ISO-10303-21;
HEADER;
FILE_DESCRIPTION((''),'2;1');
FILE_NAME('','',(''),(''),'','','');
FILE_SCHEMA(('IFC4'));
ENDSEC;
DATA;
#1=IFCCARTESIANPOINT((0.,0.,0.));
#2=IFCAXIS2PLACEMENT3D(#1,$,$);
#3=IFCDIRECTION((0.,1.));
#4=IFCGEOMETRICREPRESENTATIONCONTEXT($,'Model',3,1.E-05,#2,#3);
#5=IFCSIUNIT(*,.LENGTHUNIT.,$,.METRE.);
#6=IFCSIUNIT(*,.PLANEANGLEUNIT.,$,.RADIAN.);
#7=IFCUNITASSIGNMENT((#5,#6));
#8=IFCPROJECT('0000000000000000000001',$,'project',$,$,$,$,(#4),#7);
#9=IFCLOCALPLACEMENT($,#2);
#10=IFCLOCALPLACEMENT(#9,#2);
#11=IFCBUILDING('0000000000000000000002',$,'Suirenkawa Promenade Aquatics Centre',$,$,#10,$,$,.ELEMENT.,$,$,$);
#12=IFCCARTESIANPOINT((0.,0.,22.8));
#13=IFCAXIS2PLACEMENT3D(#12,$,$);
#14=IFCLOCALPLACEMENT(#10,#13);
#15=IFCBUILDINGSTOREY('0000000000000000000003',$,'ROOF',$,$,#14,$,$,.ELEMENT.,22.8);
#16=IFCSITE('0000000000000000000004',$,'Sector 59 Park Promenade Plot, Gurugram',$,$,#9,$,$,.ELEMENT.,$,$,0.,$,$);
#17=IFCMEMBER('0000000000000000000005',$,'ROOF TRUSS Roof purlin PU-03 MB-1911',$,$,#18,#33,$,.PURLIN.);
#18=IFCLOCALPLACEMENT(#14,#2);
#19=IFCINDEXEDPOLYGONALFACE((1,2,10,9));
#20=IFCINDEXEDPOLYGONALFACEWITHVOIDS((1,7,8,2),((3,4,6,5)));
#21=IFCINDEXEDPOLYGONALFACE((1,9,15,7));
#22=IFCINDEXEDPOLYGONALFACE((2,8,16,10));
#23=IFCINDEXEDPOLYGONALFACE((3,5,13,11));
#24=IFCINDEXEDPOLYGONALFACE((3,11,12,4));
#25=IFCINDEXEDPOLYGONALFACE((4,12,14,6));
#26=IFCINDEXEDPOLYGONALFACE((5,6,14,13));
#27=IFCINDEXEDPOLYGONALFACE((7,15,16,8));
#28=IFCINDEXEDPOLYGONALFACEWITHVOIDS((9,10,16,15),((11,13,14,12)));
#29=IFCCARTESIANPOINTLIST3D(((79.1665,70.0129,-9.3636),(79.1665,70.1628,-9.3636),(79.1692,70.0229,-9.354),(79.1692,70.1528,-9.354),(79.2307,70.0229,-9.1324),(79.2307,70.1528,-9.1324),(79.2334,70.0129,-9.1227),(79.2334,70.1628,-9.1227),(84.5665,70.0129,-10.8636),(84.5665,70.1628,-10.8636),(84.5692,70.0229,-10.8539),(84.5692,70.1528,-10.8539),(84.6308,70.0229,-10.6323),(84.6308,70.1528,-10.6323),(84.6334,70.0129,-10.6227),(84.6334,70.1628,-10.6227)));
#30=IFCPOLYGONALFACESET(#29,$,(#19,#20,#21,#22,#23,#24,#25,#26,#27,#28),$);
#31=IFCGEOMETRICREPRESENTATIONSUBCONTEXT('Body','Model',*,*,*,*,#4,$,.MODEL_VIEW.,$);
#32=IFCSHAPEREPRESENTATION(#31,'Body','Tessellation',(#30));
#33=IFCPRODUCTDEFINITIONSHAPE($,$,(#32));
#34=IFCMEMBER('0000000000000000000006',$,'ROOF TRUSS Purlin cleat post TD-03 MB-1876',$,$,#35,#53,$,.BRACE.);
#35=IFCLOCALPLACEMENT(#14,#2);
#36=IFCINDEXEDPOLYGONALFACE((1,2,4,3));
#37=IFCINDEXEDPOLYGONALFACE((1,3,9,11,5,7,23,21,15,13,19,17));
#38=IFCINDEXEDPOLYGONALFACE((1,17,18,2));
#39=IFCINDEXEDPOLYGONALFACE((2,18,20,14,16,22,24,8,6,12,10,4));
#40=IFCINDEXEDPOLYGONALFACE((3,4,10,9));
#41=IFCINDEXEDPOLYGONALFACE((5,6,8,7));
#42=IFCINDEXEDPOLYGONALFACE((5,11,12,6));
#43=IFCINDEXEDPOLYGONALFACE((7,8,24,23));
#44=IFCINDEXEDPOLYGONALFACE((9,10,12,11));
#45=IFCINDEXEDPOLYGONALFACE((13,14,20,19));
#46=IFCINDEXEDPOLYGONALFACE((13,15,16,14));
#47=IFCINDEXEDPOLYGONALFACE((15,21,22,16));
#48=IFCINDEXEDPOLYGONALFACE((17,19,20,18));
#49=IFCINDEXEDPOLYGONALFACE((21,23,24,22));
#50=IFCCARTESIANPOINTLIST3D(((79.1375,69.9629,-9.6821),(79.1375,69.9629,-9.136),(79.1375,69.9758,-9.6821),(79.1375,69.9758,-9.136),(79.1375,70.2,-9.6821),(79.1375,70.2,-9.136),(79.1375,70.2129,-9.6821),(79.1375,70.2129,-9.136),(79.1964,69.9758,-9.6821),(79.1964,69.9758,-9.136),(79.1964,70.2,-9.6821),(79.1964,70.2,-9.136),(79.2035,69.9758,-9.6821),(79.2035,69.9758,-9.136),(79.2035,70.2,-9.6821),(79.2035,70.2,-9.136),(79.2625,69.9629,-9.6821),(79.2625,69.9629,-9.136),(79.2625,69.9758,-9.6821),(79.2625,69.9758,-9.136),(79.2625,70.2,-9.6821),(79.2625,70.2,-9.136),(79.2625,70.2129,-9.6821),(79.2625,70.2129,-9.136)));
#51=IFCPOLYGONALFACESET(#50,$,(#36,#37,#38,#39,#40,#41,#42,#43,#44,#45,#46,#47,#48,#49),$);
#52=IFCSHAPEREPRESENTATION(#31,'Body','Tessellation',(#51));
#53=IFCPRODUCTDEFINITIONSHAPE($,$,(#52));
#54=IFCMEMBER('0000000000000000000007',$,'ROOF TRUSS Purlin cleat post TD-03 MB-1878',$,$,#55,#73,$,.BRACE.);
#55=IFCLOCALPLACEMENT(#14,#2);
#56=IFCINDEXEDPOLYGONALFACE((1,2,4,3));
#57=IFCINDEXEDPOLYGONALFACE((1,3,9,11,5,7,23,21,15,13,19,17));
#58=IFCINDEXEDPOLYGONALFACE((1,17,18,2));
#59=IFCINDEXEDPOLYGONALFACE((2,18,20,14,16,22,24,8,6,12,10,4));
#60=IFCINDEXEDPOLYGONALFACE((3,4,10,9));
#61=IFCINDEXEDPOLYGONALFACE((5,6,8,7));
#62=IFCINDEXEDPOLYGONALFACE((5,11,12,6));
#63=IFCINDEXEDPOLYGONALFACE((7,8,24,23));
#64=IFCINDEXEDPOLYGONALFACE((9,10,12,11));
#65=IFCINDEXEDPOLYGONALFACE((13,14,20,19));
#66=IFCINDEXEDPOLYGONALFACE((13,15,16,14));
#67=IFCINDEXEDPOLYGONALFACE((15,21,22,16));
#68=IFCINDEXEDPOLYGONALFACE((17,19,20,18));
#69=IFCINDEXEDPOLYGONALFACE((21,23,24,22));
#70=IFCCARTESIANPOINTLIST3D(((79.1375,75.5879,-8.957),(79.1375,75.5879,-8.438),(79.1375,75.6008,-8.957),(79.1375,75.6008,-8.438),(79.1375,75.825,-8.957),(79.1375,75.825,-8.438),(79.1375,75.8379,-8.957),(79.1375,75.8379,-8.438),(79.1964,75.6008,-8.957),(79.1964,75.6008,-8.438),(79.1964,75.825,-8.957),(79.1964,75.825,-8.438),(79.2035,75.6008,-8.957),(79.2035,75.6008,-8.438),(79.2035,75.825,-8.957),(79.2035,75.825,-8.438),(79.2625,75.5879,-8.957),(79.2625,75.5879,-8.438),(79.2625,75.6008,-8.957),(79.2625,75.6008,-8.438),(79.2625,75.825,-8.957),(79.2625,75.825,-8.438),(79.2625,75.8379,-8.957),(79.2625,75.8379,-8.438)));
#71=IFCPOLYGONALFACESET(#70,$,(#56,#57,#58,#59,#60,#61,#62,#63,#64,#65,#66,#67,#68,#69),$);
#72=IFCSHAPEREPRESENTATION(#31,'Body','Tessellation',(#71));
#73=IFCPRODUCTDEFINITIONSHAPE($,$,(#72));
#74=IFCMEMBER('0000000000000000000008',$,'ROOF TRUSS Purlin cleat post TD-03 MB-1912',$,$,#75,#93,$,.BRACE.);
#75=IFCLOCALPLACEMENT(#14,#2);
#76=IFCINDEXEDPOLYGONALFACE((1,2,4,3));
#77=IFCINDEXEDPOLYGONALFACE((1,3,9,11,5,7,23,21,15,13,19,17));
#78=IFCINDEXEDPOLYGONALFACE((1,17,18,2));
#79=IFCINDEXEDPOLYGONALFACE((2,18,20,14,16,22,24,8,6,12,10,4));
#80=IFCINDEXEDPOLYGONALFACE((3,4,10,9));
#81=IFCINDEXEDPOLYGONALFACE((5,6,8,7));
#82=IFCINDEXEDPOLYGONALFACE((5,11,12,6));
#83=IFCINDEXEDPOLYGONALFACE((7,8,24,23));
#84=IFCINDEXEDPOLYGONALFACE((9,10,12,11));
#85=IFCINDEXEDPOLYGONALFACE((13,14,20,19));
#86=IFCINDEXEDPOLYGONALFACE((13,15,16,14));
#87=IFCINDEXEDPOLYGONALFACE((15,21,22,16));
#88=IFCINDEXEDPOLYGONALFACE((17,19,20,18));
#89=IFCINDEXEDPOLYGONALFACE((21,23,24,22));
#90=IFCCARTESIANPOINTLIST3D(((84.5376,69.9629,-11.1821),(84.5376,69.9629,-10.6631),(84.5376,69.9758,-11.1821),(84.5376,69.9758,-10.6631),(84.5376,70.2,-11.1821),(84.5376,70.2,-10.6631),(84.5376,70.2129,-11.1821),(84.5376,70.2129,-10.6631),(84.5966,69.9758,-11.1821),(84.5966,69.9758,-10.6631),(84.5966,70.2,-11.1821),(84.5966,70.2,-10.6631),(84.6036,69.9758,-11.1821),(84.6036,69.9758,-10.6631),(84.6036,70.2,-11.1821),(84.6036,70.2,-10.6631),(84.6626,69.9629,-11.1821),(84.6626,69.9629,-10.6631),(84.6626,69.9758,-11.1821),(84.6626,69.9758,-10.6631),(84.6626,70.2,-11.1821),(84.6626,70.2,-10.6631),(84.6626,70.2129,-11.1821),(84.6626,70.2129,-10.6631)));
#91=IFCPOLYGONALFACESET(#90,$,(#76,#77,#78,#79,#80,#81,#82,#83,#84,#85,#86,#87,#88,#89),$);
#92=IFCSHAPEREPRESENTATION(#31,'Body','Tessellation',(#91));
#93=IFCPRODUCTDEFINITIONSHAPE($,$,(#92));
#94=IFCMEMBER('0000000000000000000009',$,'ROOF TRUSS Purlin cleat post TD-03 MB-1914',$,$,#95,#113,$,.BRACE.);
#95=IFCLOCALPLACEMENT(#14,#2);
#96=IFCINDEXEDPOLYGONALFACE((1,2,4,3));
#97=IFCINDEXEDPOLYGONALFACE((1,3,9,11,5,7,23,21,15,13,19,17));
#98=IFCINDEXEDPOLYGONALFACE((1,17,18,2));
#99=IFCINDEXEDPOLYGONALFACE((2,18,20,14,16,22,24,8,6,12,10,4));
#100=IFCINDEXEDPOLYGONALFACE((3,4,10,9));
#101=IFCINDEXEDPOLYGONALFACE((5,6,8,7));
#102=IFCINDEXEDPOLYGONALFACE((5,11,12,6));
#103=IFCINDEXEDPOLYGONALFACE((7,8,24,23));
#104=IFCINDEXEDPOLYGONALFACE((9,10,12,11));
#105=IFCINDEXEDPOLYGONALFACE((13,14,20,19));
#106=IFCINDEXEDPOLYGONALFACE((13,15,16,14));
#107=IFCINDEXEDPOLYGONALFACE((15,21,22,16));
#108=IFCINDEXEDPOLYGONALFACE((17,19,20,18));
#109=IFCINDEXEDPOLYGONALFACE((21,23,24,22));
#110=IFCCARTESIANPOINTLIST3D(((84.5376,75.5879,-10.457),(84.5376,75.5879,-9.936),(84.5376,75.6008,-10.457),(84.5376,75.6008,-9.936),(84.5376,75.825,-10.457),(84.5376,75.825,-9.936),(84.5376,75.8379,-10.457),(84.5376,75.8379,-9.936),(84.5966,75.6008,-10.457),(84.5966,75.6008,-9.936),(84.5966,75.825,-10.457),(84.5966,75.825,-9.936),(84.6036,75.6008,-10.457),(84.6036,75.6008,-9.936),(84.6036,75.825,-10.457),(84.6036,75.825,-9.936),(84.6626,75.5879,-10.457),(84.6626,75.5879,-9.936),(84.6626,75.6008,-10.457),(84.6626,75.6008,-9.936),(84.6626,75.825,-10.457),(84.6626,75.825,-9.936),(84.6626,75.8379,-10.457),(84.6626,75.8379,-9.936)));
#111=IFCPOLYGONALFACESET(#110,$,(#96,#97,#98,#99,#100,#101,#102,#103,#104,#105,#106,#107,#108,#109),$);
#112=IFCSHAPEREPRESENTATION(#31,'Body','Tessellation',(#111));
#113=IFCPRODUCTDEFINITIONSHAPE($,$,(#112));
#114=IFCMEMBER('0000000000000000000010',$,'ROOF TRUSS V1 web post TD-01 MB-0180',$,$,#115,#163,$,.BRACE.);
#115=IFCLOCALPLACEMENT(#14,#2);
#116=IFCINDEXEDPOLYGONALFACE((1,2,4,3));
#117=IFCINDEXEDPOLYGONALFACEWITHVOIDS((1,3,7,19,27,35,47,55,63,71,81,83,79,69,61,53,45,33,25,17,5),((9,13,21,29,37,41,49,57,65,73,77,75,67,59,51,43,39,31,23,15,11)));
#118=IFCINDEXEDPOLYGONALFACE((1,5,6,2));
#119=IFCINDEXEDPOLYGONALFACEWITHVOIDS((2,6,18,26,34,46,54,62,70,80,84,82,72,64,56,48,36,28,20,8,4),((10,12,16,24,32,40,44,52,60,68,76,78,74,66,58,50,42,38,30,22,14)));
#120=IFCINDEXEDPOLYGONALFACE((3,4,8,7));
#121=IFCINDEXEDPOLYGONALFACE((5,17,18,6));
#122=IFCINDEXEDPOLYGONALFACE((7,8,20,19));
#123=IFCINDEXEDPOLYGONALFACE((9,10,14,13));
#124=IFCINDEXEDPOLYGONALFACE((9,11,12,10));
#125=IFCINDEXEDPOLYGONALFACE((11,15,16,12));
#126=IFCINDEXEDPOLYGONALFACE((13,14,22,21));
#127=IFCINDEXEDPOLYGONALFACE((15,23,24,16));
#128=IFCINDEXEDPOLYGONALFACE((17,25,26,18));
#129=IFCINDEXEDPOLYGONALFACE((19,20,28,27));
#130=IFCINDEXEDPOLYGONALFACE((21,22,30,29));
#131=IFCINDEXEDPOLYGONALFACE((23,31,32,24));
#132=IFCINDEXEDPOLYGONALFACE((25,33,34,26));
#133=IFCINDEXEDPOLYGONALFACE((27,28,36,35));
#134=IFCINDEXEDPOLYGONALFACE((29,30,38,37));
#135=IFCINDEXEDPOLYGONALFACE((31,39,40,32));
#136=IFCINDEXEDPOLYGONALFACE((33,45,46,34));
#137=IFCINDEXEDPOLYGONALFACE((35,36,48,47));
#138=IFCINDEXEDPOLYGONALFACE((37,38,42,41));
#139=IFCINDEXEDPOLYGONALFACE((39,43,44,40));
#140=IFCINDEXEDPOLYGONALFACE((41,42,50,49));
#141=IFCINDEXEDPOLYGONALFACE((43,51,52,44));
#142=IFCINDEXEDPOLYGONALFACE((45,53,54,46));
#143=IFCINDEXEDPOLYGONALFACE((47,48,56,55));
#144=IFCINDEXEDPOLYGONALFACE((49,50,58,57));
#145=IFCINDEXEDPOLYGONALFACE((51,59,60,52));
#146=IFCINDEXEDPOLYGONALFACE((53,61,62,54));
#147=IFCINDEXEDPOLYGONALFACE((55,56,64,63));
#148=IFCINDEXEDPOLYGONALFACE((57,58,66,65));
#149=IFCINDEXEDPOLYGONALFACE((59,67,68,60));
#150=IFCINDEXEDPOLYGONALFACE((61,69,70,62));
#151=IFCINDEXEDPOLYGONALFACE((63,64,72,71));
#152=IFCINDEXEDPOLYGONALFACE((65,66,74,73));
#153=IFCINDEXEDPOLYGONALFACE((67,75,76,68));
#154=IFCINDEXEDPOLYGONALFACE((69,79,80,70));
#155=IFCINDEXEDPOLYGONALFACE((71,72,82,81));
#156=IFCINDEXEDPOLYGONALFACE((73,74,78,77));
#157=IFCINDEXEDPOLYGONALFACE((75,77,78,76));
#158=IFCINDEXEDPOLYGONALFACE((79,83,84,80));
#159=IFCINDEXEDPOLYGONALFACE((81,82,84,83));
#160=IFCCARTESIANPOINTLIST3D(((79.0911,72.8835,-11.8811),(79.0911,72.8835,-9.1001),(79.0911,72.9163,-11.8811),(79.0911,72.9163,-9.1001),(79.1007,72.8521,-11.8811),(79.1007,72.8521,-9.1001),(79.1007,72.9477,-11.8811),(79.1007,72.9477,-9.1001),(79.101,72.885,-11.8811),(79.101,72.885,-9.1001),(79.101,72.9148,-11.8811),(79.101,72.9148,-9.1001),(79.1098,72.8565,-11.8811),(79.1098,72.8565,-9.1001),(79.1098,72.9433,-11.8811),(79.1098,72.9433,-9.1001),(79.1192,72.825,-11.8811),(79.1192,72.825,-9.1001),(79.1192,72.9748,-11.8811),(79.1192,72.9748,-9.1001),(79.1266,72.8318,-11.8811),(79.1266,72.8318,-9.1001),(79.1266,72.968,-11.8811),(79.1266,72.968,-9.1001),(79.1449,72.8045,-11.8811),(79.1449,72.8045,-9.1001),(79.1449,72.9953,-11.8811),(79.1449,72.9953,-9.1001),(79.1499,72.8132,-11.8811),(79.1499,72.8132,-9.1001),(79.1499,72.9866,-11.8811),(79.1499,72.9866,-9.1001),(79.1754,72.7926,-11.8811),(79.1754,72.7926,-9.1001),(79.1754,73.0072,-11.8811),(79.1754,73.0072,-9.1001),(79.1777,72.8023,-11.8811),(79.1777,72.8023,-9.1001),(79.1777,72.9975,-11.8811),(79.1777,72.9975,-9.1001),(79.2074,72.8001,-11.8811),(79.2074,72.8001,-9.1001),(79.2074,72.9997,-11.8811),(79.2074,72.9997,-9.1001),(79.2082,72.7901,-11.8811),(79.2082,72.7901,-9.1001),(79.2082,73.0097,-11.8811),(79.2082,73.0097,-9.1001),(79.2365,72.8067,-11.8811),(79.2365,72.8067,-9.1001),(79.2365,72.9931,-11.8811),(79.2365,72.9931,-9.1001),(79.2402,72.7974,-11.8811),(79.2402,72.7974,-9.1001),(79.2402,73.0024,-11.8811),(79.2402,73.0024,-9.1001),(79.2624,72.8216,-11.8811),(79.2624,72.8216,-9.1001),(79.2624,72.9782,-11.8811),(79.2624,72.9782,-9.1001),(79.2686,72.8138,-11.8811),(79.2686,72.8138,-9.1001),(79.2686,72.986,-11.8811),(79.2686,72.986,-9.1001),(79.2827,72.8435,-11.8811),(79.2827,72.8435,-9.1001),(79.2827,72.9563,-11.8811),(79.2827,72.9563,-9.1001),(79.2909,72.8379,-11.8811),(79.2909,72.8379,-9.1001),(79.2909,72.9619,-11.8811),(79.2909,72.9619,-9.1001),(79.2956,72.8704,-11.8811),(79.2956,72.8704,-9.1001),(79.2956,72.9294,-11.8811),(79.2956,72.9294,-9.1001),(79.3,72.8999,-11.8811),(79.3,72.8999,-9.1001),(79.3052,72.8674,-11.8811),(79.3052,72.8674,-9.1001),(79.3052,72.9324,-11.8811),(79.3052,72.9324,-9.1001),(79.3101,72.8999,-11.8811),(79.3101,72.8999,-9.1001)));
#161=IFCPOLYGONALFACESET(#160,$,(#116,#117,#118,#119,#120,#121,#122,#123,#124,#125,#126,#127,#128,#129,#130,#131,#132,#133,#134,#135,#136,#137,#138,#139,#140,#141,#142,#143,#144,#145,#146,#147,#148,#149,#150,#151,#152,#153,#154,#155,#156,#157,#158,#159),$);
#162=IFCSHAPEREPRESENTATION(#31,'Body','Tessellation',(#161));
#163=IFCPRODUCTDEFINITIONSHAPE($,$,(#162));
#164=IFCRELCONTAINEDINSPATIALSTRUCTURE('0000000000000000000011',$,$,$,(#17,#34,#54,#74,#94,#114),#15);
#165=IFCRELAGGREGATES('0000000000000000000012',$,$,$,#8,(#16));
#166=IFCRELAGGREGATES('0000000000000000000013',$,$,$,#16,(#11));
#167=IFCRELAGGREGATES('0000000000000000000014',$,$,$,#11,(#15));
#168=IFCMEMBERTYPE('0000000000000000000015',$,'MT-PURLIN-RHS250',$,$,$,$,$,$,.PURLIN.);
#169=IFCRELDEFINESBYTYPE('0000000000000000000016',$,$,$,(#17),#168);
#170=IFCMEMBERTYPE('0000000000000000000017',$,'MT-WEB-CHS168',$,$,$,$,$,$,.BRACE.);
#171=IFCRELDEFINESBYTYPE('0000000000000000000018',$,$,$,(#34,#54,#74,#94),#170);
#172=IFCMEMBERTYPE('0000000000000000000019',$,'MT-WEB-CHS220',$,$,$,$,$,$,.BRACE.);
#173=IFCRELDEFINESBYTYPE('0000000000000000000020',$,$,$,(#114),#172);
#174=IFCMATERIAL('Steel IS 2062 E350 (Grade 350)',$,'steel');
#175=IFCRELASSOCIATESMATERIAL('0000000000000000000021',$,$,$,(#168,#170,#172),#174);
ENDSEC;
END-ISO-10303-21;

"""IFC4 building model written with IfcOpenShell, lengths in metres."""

from ifc_helpers import new_model, si_unit, direction, frame, origin, origin_2d, place, context, subcontext, project, spatial, hollow_rectangle, hollow_circle, i_section, extrude, material, material_profile, profile_set, type_object, element, save


model = new_model("IFC4")

# Units and contexts
model_context = context("Model", 3, precision=1e-05, world=origin(), true_north=direction((0.0, 1.0)))
body_context = subcontext(model_context, "Body", "Model", "MODEL_VIEW")
ifc_project = project(units=[si_unit("LENGTHUNIT", "METRE"), si_unit("PLANEANGLEUNIT", "RADIAN")], contexts=[model_context])

# Site, building, storey
site_placement = place(None, origin())
site = spatial("IfcSite", under=ifc_project, at=site_placement, Name="Sector 59 Park Promenade Plot, Gurugram", CompositionType="ELEMENT", RefElevation=0.0)
building_placement = place(site_placement, origin())
building = spatial("IfcBuilding", under=site, at=building_placement, Name="Suirenkawa Promenade Aquatics Centre", CompositionType="ELEMENT")
storey_placement = place(building_placement, frame((0.0, 0.0, 22.8)))
storey = spatial("IfcBuildingStorey", under=building, at=storey_placement, Name="ROOF", CompositionType="ELEMENT", Elevation=22.8)

# Shared definitions
ifc_material = material(Name="Steel IS 2062 E350 (Grade 350)", Category="steel")

# Members
ifc_material_profile_1 = material_profile(ifc_material, hollow_rectangle(XDim=0.1499, YDim=0.25, WallThickness=0.01, at=origin_2d()), Name="RHS 250x150x10", Category="steel")
ifc_profile_set_1 = profile_set([ifc_material_profile_1], Name="Steel IS 2062 E350 (Grade 350)")
member_type_1 = type_object("IfcMemberType", Name="MT-PURLIN-RHS250", PredefinedType="PURLIN", material=ifc_profile_set_1)
member_1_placement = place(storey_placement, frame((79.2, 70.0879, -9.2432), z_axis=(0.96352, 0.0, -0.267637), x_axis=(0.0, 1.0, 0.0)))
element("IfcMember", 1, at=member_1_placement, inside=storey, type_object=member_type_1, Name="ROOF TRUSS Roof purlin PU-03 MB-1911", PredefinedType="PURLIN", context=body_context, shape_type="SweptSolid", body=[
    extrude(hollow_rectangle(XDim=0.1499, YDim=0.25, WallThickness=0.01, at=origin_2d()), origin(), (0.0, 0.0, 1.0), 5.6045),
])
ifc_material_profile_2 = material_profile(ifc_material, i_section(OverallWidth=0.125, OverallDepth=0.25, WebThickness=0.0071, FlangeThickness=0.0129, at=origin_2d()), Name="ISMB 250", Category="steel")
ifc_profile_set_2 = profile_set([ifc_material_profile_2], Name="Steel IS 2062 E350 (Grade 350)")
member_type_2 = type_object("IfcMemberType", Name="MT-WEB-CHS168", PredefinedType="BRACE", material=ifc_profile_set_2)
member_2_placement = place(storey_placement, frame((79.2, 70.0879, -9.6821), z_axis=(0.0, 0.0, 1.0), x_axis=(1.0, 0.0, 0.0)))
element("IfcMember", 2, at=member_2_placement, inside=storey, type_object=member_type_2, Name="ROOF TRUSS Purlin cleat post TD-03 MB-1876", PredefinedType="BRACE", context=body_context, shape_type="SweptSolid", body=[
    extrude(i_section(OverallWidth=0.125, OverallDepth=0.25, WebThickness=0.0071, FlangeThickness=0.0129, at=origin_2d()), origin(), (0.0, 0.0, 1.0), 0.5461),
])
for number, where, z_axis, x_axis, name in (
    (3, (79.2, 75.7129, -8.957), (0.0, 0.0, 1.0), (1.0, 0.0, 0.0), "ROOF TRUSS Purlin cleat post TD-03 MB-1878"),
    (4, (84.6001, 70.0879, -11.1821), (0.0, 0.0, 1.0), (1.0, 0.0, 0.0), "ROOF TRUSS Purlin cleat post TD-03 MB-1912"),
):
    element("IfcMember", number, at=place(storey_placement, frame(where, z_axis=z_axis, x_axis=x_axis)), inside=storey, type_object=member_type_2, Name=name, PredefinedType="BRACE", context=body_context, shape_type="SweptSolid", body=[
        extrude(i_section(OverallWidth=0.125, OverallDepth=0.25, WebThickness=0.0071, FlangeThickness=0.0129, at=origin_2d()), origin(), (0.0, 0.0, 1.0), 0.519),
    ])
member_3_placement = place(storey_placement, frame((84.6001, 75.7129, -10.457), z_axis=(0.0, 0.0, 1.0), x_axis=(1.0, 0.0, 0.0)))
element("IfcMember", 5, at=member_3_placement, inside=storey, type_object=member_type_2, Name="ROOF TRUSS Purlin cleat post TD-03 MB-1914", PredefinedType="BRACE", context=body_context, shape_type="SweptSolid", body=[
    extrude(i_section(OverallWidth=0.125, OverallDepth=0.25, WebThickness=0.0071, FlangeThickness=0.0129, at=origin_2d()), origin(), (0.0, 0.0, 1.0), 0.521),
])
ifc_material_profile_3 = material_profile(ifc_material, hollow_circle(Radius=0.1101, WallThickness=0.01, at=origin_2d()), Name="CHS 220x10", Category="steel")
ifc_profile_set_3 = profile_set([ifc_material_profile_3], Name="Steel IS 2062 E350 (Grade 350)")
member_type_3 = type_object("IfcMemberType", Name="MT-WEB-CHS220", PredefinedType="BRACE", material=ifc_profile_set_3)
member_4_placement = place(storey_placement, frame((79.2, 72.8999, -11.8811), z_axis=(0.0, 0.0, 1.0), x_axis=(1.0, 0.0, 0.0)))
element("IfcMember", 6, at=member_4_placement, inside=storey, type_object=member_type_3, Name="ROOF TRUSS V1 web post TD-01 MB-0180", PredefinedType="BRACE", context=body_context, shape_type="SweptSolid", body=[
    extrude(hollow_circle(Radius=0.1101, WallThickness=0.01, at=origin_2d()), origin(), (0.0, 0.0, 1.0), 2.781),
])

save(model, "model.ifc")
